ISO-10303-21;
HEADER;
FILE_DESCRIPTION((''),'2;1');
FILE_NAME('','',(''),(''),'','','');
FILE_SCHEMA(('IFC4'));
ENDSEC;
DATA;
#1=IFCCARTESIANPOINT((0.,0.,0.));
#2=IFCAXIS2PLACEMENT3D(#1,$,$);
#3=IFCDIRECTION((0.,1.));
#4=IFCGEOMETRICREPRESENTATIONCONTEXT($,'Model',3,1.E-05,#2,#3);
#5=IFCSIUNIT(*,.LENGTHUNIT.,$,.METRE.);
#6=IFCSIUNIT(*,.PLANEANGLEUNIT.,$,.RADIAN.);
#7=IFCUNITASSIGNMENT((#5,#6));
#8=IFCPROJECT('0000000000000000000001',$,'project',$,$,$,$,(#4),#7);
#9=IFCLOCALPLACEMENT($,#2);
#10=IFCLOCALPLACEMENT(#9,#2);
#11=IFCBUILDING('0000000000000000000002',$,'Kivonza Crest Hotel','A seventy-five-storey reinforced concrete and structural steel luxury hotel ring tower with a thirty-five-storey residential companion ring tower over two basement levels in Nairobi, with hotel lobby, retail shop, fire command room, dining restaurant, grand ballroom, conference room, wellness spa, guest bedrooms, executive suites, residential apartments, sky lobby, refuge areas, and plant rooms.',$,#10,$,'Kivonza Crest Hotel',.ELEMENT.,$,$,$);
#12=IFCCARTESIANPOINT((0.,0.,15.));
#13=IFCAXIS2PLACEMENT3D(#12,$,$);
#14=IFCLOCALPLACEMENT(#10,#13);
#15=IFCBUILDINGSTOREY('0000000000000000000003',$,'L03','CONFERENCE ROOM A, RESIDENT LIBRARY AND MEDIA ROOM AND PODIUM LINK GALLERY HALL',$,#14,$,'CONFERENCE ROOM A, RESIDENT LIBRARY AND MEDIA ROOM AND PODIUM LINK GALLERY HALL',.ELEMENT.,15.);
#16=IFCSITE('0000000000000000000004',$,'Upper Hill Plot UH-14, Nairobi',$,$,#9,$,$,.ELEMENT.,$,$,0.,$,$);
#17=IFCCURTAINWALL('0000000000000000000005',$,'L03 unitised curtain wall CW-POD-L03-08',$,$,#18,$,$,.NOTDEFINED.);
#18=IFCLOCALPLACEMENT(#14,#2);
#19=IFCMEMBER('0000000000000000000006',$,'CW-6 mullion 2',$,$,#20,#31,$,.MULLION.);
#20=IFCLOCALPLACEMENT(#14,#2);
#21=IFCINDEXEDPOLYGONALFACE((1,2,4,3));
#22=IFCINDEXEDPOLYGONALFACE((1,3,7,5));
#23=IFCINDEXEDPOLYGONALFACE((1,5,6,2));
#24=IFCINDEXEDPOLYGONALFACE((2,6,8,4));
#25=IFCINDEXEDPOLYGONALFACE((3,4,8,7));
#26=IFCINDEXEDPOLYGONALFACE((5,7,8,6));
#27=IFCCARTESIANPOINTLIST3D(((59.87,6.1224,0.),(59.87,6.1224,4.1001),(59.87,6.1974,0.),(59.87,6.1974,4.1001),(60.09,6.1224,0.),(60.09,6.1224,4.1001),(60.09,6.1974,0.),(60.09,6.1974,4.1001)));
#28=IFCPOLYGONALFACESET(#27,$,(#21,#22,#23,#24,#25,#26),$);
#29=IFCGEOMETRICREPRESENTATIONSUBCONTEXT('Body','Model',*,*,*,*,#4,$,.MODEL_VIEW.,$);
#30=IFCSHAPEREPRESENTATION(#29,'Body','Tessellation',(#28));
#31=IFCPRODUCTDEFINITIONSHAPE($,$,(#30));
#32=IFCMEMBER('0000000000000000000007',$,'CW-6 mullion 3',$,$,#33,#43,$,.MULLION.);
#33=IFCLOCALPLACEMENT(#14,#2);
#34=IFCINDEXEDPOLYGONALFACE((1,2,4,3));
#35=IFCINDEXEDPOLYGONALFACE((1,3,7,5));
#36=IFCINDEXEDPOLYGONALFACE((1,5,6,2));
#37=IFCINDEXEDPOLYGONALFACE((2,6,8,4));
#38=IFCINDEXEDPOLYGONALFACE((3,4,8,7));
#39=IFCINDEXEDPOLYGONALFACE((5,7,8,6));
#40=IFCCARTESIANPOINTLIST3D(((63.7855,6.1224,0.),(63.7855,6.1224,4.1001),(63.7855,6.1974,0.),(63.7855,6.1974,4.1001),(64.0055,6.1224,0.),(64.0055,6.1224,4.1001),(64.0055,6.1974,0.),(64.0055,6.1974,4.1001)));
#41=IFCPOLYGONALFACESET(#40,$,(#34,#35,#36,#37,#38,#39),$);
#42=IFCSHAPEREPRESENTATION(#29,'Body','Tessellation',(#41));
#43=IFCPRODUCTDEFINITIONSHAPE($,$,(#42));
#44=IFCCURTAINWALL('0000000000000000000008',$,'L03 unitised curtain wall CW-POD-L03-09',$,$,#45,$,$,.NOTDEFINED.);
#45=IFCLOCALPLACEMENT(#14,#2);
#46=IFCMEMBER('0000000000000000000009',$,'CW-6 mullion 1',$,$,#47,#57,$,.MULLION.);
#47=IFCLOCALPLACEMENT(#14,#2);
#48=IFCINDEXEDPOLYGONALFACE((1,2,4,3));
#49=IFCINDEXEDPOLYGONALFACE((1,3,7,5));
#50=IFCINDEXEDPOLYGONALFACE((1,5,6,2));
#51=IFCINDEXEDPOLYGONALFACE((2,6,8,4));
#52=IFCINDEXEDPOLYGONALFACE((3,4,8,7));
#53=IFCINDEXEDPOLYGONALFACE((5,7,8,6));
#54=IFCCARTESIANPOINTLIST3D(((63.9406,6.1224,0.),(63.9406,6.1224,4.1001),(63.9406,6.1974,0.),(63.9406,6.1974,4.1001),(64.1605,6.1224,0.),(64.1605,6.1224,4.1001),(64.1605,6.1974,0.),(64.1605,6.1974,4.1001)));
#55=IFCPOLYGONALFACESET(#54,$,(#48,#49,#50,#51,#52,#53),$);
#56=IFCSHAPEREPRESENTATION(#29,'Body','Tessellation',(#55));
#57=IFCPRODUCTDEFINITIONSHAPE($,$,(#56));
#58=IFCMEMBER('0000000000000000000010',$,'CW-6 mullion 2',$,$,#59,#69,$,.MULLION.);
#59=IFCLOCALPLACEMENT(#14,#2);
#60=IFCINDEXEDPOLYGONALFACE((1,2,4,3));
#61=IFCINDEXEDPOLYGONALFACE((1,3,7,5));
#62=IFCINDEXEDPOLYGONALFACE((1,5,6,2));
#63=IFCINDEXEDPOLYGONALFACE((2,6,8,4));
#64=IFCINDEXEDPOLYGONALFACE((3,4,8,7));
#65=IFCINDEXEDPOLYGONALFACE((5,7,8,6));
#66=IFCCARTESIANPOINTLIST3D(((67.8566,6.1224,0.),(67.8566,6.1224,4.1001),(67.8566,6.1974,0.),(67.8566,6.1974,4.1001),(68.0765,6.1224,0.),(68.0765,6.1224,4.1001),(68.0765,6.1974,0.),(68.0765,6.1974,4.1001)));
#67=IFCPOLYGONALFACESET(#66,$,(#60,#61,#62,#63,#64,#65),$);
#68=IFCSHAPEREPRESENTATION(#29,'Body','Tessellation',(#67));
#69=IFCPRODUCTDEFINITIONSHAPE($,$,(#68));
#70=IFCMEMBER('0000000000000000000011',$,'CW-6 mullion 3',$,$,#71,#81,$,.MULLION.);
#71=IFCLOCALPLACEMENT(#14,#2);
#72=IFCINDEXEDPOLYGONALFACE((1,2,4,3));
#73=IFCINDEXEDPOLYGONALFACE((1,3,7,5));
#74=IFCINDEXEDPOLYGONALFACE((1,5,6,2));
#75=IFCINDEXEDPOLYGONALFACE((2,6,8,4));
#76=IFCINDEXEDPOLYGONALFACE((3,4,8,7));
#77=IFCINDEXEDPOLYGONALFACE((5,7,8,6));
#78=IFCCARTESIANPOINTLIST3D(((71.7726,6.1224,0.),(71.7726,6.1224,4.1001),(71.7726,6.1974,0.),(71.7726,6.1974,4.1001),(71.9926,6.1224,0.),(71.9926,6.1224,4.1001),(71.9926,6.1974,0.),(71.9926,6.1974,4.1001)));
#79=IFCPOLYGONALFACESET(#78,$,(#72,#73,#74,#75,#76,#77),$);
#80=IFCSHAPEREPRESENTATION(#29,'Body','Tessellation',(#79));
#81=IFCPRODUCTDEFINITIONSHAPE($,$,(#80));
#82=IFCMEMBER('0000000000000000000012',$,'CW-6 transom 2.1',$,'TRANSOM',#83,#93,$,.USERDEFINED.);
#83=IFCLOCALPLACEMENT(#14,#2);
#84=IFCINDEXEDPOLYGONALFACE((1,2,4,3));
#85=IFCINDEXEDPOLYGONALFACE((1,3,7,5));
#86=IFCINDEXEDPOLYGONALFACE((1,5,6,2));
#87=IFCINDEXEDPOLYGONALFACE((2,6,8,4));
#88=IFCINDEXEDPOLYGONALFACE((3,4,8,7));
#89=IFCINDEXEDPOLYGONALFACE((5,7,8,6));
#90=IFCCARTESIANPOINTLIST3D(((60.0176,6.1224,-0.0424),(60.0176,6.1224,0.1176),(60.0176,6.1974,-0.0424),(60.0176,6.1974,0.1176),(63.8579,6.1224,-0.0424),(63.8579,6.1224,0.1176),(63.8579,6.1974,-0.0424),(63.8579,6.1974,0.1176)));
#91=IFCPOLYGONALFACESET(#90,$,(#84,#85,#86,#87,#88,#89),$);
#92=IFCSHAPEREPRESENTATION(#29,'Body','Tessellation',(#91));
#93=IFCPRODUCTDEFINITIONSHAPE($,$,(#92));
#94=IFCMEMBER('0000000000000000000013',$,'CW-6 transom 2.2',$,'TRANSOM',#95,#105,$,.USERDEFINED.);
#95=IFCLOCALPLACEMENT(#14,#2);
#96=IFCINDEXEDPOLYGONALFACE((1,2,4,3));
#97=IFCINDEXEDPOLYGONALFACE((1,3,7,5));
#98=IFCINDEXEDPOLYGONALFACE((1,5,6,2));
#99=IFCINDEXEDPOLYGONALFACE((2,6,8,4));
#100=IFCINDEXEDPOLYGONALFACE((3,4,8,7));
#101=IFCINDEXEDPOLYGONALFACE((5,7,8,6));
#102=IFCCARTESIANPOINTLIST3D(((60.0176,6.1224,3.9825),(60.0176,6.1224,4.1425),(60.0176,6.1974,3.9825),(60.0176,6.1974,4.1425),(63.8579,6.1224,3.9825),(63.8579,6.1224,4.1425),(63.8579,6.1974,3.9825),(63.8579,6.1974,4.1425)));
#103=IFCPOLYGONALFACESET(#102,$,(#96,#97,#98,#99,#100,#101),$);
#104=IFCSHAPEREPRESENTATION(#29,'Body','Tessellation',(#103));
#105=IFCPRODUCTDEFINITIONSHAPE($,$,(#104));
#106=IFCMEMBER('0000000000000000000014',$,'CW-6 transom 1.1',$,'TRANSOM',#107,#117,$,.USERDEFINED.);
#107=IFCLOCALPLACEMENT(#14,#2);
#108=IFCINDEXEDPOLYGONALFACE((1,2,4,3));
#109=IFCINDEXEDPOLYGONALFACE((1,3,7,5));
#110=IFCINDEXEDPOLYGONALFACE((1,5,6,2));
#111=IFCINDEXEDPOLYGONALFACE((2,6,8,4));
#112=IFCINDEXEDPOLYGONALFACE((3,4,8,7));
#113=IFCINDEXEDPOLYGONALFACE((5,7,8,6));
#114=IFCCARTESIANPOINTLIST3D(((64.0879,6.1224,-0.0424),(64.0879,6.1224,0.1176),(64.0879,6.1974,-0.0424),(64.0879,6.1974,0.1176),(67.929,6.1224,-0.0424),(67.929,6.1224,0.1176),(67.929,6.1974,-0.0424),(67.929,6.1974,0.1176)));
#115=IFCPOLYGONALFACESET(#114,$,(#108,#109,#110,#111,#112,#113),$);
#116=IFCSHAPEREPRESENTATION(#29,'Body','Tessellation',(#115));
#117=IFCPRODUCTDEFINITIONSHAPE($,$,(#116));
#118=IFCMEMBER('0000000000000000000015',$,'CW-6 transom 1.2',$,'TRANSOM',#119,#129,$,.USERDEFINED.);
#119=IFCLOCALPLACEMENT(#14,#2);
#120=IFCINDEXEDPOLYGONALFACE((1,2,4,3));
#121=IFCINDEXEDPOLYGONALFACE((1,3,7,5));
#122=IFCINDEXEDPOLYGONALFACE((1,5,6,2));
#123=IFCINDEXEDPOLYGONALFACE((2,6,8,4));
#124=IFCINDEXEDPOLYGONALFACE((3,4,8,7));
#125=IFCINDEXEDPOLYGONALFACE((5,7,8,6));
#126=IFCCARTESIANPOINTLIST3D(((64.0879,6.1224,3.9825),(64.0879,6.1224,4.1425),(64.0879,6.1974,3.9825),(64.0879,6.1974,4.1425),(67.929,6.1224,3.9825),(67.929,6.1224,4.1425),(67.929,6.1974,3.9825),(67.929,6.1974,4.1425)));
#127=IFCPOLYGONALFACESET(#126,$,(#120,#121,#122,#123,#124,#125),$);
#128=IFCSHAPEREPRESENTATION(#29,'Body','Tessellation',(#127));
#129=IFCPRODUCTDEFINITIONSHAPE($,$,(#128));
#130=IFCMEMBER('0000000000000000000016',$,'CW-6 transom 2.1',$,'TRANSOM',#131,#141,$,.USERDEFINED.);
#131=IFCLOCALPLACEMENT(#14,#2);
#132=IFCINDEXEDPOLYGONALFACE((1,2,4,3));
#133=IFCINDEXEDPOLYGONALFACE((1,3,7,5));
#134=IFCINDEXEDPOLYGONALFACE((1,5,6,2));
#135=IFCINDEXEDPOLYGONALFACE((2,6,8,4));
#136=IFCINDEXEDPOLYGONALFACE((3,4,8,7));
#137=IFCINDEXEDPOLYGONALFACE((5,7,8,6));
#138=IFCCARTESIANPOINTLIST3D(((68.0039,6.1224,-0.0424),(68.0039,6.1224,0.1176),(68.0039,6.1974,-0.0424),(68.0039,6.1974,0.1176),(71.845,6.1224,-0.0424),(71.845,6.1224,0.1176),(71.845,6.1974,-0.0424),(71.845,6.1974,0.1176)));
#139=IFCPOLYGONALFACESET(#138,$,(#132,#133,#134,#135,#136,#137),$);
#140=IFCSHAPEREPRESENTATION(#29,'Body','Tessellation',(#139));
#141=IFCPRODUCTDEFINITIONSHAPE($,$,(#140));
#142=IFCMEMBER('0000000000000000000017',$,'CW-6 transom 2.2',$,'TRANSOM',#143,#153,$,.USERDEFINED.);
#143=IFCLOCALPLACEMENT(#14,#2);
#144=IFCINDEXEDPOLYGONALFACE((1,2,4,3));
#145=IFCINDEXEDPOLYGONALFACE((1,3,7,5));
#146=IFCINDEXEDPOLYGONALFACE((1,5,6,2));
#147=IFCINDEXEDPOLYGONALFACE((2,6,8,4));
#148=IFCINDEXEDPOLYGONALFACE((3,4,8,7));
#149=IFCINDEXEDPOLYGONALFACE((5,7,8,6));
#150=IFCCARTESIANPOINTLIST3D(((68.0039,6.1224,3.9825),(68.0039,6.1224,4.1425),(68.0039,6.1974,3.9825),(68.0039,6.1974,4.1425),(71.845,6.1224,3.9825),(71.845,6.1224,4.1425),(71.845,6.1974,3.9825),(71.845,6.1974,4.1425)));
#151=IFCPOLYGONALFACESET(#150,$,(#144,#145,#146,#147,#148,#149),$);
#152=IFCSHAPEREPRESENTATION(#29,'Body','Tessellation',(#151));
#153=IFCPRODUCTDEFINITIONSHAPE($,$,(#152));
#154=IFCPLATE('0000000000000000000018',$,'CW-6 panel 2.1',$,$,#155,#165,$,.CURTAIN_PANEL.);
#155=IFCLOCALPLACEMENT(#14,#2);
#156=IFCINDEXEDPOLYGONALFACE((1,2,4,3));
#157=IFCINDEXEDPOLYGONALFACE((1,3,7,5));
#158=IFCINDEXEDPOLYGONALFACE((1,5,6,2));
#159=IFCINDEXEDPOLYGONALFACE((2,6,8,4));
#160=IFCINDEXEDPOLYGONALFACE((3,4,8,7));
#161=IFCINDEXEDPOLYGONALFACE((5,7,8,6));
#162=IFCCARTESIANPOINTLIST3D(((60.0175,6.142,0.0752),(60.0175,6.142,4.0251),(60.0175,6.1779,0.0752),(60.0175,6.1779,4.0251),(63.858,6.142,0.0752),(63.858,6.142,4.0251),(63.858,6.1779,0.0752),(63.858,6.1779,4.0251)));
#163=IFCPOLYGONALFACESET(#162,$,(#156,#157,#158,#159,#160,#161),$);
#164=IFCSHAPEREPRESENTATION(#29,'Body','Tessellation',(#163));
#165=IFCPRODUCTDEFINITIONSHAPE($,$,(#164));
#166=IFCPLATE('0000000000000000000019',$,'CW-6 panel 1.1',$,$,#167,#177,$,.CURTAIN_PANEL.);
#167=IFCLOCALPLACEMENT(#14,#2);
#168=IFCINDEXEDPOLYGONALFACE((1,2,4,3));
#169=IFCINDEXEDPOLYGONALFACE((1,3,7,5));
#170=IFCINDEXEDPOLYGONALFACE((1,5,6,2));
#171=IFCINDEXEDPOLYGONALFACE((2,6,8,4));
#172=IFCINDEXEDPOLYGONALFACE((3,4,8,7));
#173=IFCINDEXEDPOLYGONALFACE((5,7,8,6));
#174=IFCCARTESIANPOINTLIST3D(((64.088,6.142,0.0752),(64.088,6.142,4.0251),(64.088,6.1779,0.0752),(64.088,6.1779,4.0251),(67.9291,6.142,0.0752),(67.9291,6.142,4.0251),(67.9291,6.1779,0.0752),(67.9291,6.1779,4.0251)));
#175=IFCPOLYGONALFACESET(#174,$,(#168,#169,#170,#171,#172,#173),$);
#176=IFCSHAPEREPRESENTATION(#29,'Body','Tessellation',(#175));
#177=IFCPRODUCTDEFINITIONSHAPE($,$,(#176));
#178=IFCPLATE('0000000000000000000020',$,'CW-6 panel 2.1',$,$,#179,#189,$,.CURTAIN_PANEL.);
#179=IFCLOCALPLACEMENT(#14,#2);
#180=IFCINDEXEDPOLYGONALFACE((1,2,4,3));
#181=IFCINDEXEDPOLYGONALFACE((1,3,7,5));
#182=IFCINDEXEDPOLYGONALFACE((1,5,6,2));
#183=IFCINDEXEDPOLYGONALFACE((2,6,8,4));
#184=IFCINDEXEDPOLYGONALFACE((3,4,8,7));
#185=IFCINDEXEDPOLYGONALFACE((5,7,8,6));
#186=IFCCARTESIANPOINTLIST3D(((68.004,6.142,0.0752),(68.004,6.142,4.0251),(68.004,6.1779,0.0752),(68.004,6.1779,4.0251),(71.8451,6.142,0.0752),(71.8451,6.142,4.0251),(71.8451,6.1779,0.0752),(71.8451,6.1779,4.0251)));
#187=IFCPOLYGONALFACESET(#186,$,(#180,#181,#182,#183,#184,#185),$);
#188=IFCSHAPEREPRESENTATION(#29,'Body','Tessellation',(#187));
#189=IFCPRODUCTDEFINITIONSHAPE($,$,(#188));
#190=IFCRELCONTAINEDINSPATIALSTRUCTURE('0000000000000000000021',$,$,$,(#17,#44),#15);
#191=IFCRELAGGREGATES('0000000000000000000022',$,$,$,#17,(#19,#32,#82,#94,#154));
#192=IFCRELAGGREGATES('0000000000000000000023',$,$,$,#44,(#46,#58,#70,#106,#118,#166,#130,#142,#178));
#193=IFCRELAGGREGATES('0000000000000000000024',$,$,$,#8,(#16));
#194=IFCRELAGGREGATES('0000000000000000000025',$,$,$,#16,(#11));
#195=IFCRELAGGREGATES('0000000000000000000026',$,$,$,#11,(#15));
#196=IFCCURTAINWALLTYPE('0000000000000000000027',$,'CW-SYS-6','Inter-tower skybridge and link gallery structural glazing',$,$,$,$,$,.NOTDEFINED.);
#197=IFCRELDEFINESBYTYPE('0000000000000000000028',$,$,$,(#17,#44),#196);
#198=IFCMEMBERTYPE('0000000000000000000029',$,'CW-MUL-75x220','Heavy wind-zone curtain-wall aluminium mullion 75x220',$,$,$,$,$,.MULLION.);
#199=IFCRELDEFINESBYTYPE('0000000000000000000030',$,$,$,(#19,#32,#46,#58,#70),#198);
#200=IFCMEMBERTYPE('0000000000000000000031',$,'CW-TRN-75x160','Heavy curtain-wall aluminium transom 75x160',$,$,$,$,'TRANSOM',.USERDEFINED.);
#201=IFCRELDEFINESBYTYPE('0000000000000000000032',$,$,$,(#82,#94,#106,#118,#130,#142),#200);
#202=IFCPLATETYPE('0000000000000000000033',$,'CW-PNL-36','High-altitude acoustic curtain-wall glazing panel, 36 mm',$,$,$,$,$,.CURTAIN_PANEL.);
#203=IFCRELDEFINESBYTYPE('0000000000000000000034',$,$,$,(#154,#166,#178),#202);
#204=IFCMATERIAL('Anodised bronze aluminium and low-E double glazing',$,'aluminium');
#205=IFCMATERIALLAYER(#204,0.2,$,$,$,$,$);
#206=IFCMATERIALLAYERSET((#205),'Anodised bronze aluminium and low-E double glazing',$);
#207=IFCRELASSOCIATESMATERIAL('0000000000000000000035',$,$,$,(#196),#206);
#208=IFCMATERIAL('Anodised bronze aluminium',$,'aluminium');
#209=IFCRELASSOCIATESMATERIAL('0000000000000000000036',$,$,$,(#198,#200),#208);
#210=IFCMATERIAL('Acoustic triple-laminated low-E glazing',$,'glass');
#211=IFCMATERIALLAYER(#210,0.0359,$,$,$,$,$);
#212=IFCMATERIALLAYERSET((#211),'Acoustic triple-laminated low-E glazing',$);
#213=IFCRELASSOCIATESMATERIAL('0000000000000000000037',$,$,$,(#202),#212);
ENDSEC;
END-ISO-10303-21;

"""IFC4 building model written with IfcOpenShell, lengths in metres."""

from ifc_helpers import new_model, si_unit, direction, frame, origin, origin_2d, place, context, subcontext, project, spatial, rectangle, extrude, material, layer, layer_set, material_profile, profile_set, type_object, element, aggregate, save


model = new_model("IFC4")

# Units and contexts
model_context = context("Model", 3, precision=1e-05, world=origin(), true_north=direction((0.0, 1.0)))
body_context = subcontext(model_context, "Body", "Model", "MODEL_VIEW")
ifc_project = project(units=[si_unit("LENGTHUNIT", "METRE"), si_unit("PLANEANGLEUNIT", "RADIAN")], contexts=[model_context])

# Site, building, storey
site_placement = place(None, origin())
site = spatial("IfcSite", under=ifc_project, at=site_placement, Name="Upper Hill Plot UH-14, Nairobi", CompositionType="ELEMENT", RefElevation=0.0)
building_placement = place(site_placement, origin())
building = spatial("IfcBuilding", under=site, at=building_placement, Name="Kivonza Crest Hotel", Description="A seventy-five-storey reinforced concrete and structural steel luxury hotel ring tower with a thirty-five-storey residential companion ring tower over two basement levels in Nairobi, with hotel lobby, retail shop, fire command room, dining restaurant, grand ballroom, conference room, wellness spa, guest bedrooms, executive suites, residential apartments, sky lobby, refuge areas, and plant rooms.", LongName="Kivonza Crest Hotel", CompositionType="ELEMENT")
storey_placement = place(building_placement, frame((0.0, 0.0, 15.0)))
storey = spatial("IfcBuildingStorey", under=building, at=storey_placement, Name="L03", Description="CONFERENCE ROOM A, RESIDENT LIBRARY AND MEDIA ROOM AND PODIUM LINK GALLERY HALL", LongName="CONFERENCE ROOM A, RESIDENT LIBRARY AND MEDIA ROOM AND PODIUM LINK GALLERY HALL", CompositionType="ELEMENT", Elevation=15.0)

# Curtain walls, members
ifc_material_1 = material(Name="Anodised bronze aluminium and low-E double glazing", Category="aluminium")
ifc_layer_1 = layer(ifc_material_1, 0.2)
ifc_layer_set_1 = layer_set([ifc_layer_1], Name="Anodised bronze aluminium and low-E double glazing")
curtain_wall_type = type_object("IfcCurtainWallType", Name="CW-SYS-6", Description="Inter-tower skybridge and link gallery structural glazing", PredefinedType="NOTDEFINED", material=ifc_layer_set_1)
curtain_wall_1_placement = place(storey_placement, origin())
curtain_wall_1 = element("IfcCurtainWall", 1, at=curtain_wall_1_placement, inside=storey, type_object=curtain_wall_type, Name="L03 unitised curtain wall CW-POD-L03-08", PredefinedType="NOTDEFINED")
ifc_material_2 = material(Name="Anodised bronze aluminium", Category="aluminium")
ifc_material_profile_1 = material_profile(ifc_material_2, rectangle(XDim=0.075, YDim=0.22, at=origin_2d()), Name="CW-M 75x220")
ifc_profile_set_1 = profile_set([ifc_material_profile_1], Name="Anodised bronze aluminium")
member_type_1 = type_object("IfcMemberType", Name="CW-MUL-75x220", Description="Heavy wind-zone curtain-wall aluminium mullion 75x220", PredefinedType="MULLION", material=ifc_profile_set_1)
member_1_placement = place(storey_placement, frame((59.98, 6.1599, 0.0), z_axis=(0.0, 0.0, 1.0), x_axis=(0.0, 1.0, 0.0)))
member_1 = element("IfcMember", 2, at=member_1_placement, type_object=member_type_1, Name="CW-6 mullion 2", PredefinedType="MULLION", context=body_context, shape_type="SweptSolid", body=[
    extrude(rectangle(XDim=0.075, YDim=0.22, at=origin_2d()), origin(), (0.0, 0.0, 1.0), 4.1001),
])
member_2_placement = place(storey_placement, frame((63.8955, 6.1599, 0.0), z_axis=(0.0, 0.0, 1.0), x_axis=(0.0, 1.0, 0.0)))
member_2 = element("IfcMember", 3, at=member_2_placement, type_object=member_type_1, Name="CW-6 mullion 3", PredefinedType="MULLION", context=body_context, shape_type="SweptSolid", body=[
    extrude(rectangle(XDim=0.075, YDim=0.22, at=origin_2d()), origin(), (0.0, 0.0, 1.0), 4.1001),
])
curtain_wall_2_placement = place(storey_placement, origin())
curtain_wall_2 = element("IfcCurtainWall", 4, at=curtain_wall_2_placement, inside=storey, type_object=curtain_wall_type, Name="L03 unitised curtain wall CW-POD-L03-09", PredefinedType="NOTDEFINED")
member_3_placement = place(storey_placement, frame((64.0505, 6.1599, 0.0), z_axis=(0.0, 0.0, 1.0), x_axis=(0.0, 1.0, 0.0)))
member_3 = element("IfcMember", 5, at=member_3_placement, type_object=member_type_1, Name="CW-6 mullion 1", PredefinedType="MULLION", context=body_context, shape_type="SweptSolid", body=[
    extrude(rectangle(XDim=0.075, YDim=0.22, at=origin_2d()), origin(), (0.0, 0.0, 1.0), 4.1001),
])
member_4_placement = place(storey_placement, frame((67.9666, 6.1599, 0.0), z_axis=(0.0, 0.0, 1.0), x_axis=(0.0, 1.0, 0.0)))
member_4 = element("IfcMember", 6, at=member_4_placement, type_object=member_type_1, Name="CW-6 mullion 2", PredefinedType="MULLION", context=body_context, shape_type="SweptSolid", body=[
    extrude(rectangle(XDim=0.075, YDim=0.22, at=origin_2d()), origin(), (0.0, 0.0, 1.0), 4.1001),
])
member_5_placement = place(storey_placement, frame((71.8826, 6.1599, 0.0), z_axis=(0.0, 0.0, 1.0), x_axis=(0.0, 1.0, 0.0)))
member_5 = element("IfcMember", 7, at=member_5_placement, type_object=member_type_1, Name="CW-6 mullion 3", PredefinedType="MULLION", context=body_context, shape_type="SweptSolid", body=[
    extrude(rectangle(XDim=0.075, YDim=0.22, at=origin_2d()), origin(), (0.0, 0.0, 1.0), 4.1001),
])

# Members
ifc_material_profile_2 = material_profile(ifc_material_2, rectangle(XDim=0.075, YDim=0.1599, at=origin_2d()), Name="CW-T 75x160")
ifc_profile_set_2 = profile_set([ifc_material_profile_2], Name="Anodised bronze aluminium")
member_type_2 = type_object("IfcMemberType", Name="CW-TRN-75x160", Description="Heavy curtain-wall aluminium transom 75x160", ElementType="TRANSOM", PredefinedType="USERDEFINED", material=ifc_profile_set_2)
member_6_placement = place(storey_placement, frame((60.0176, 6.1599, 0.0376), z_axis=(1.0, 0.0, 0.0), x_axis=(0.0, 1.0, 0.0)))
member_6 = element("IfcMember", 8, at=member_6_placement, type_object=member_type_2, Name="CW-6 transom 2.1", ObjectType="TRANSOM", PredefinedType="USERDEFINED", context=body_context, shape_type="SweptSolid", body=[
    extrude(rectangle(XDim=0.075, YDim=0.1599, at=origin_2d()), origin(), (0.0, 0.0, 1.0), 3.8403),
])
member_7_placement = place(storey_placement, frame((60.0176, 6.1599, 4.0625), z_axis=(1.0, 0.0, 0.0), x_axis=(0.0, 1.0, 0.0)))
member_7 = element("IfcMember", 9, at=member_7_placement, type_object=member_type_2, Name="CW-6 transom 2.2", ObjectType="TRANSOM", PredefinedType="USERDEFINED", context=body_context, shape_type="SweptSolid", body=[
    extrude(rectangle(XDim=0.075, YDim=0.1599, at=origin_2d()), origin(), (0.0, 0.0, 1.0), 3.8403),
])
member_8_placement = place(storey_placement, frame((64.0879, 6.1599, 0.0376), z_axis=(1.0, 0.0, 0.0), x_axis=(0.0, 1.0, 0.0)))
member_8 = element("IfcMember", 10, at=member_8_placement, type_object=member_type_2, Name="CW-6 transom 1.1", ObjectType="TRANSOM", PredefinedType="USERDEFINED", context=body_context, shape_type="SweptSolid", body=[
    extrude(rectangle(XDim=0.075, YDim=0.1599, at=origin_2d()), origin(), (0.0, 0.0, 1.0), 3.8411),
])
member_9_placement = place(storey_placement, frame((64.0879, 6.1599, 4.0625), z_axis=(1.0, 0.0, 0.0), x_axis=(0.0, 1.0, 0.0)))
member_9 = element("IfcMember", 11, at=member_9_placement, type_object=member_type_2, Name="CW-6 transom 1.2", ObjectType="TRANSOM", PredefinedType="USERDEFINED", context=body_context, shape_type="SweptSolid", body=[
    extrude(rectangle(XDim=0.075, YDim=0.1599, at=origin_2d()), origin(), (0.0, 0.0, 1.0), 3.8411),
])
member_10_placement = place(storey_placement, frame((68.0039, 6.1599, 0.0376), z_axis=(1.0, 0.0, 0.0), x_axis=(0.0, 1.0, 0.0)))
member_10 = element("IfcMember", 12, at=member_10_placement, type_object=member_type_2, Name="CW-6 transom 2.1", ObjectType="TRANSOM", PredefinedType="USERDEFINED", context=body_context, shape_type="SweptSolid", body=[
    extrude(rectangle(XDim=0.075, YDim=0.1599, at=origin_2d()), origin(), (0.0, 0.0, 1.0), 3.8411),
])
member_11_placement = place(storey_placement, frame((68.0039, 6.1599, 4.0625), z_axis=(1.0, 0.0, 0.0), x_axis=(0.0, 1.0, 0.0)))
member_11 = element("IfcMember", 13, at=member_11_placement, type_object=member_type_2, Name="CW-6 transom 2.2", ObjectType="TRANSOM", PredefinedType="USERDEFINED", context=body_context, shape_type="SweptSolid", body=[
    extrude(rectangle(XDim=0.075, YDim=0.1599, at=origin_2d()), origin(), (0.0, 0.0, 1.0), 3.8411),
])

# Plates
ifc_material_3 = material(Name="Acoustic triple-laminated low-E glazing", Category="glass")
ifc_layer_2 = layer(ifc_material_3, 0.0359)
ifc_layer_set_2 = layer_set([ifc_layer_2], Name="Acoustic triple-laminated low-E glazing")
plate_type = type_object("IfcPlateType", Name="CW-PNL-36", Description="High-altitude acoustic curtain-wall glazing panel, 36 mm", PredefinedType="CURTAIN_PANEL", material=ifc_layer_set_2)
plate_1_placement = place(storey_placement, frame((61.9377, 6.1599, 0.0752), z_axis=(0.0, 0.0, 1.0), x_axis=(1.0, 0.0, 0.0)))
plate_1 = element("IfcPlate", 14, at=plate_1_placement, type_object=plate_type, Name="CW-6 panel 2.1", PredefinedType="CURTAIN_PANEL", context=body_context, shape_type="SweptSolid", body=[
    extrude(rectangle(XDim=3.8406, YDim=0.0359, at=origin_2d()), origin(), (0.0, 0.0, 1.0), 3.95),
])
aggregate(curtain_wall_1, [member_1, member_2, member_6, member_7, plate_1])
plate_2_placement = place(storey_placement, frame((66.0085, 6.1599, 0.0752), z_axis=(0.0, 0.0, 1.0), x_axis=(1.0, 0.0, 0.0)))
plate_2 = element("IfcPlate", 15, at=plate_2_placement, type_object=plate_type, Name="CW-6 panel 1.1", PredefinedType="CURTAIN_PANEL", context=body_context, shape_type="SweptSolid", body=[
    extrude(rectangle(XDim=3.8411, YDim=0.0359, at=origin_2d()), origin(), (0.0, 0.0, 1.0), 3.95),
])
plate_3_placement = place(storey_placement, frame((69.9246, 6.1599, 0.0752), z_axis=(0.0, 0.0, 1.0), x_axis=(1.0, 0.0, 0.0)))
plate_3 = element("IfcPlate", 16, at=plate_3_placement, type_object=plate_type, Name="CW-6 panel 2.1", PredefinedType="CURTAIN_PANEL", context=body_context, shape_type="SweptSolid", body=[
    extrude(rectangle(XDim=3.8411, YDim=0.0359, at=origin_2d()), origin(), (0.0, 0.0, 1.0), 3.95),
])
aggregate(curtain_wall_2, [member_3, member_4, member_5, member_8, member_9, plate_2, member_10, member_11, plate_3])

save(model, "model.ifc")
